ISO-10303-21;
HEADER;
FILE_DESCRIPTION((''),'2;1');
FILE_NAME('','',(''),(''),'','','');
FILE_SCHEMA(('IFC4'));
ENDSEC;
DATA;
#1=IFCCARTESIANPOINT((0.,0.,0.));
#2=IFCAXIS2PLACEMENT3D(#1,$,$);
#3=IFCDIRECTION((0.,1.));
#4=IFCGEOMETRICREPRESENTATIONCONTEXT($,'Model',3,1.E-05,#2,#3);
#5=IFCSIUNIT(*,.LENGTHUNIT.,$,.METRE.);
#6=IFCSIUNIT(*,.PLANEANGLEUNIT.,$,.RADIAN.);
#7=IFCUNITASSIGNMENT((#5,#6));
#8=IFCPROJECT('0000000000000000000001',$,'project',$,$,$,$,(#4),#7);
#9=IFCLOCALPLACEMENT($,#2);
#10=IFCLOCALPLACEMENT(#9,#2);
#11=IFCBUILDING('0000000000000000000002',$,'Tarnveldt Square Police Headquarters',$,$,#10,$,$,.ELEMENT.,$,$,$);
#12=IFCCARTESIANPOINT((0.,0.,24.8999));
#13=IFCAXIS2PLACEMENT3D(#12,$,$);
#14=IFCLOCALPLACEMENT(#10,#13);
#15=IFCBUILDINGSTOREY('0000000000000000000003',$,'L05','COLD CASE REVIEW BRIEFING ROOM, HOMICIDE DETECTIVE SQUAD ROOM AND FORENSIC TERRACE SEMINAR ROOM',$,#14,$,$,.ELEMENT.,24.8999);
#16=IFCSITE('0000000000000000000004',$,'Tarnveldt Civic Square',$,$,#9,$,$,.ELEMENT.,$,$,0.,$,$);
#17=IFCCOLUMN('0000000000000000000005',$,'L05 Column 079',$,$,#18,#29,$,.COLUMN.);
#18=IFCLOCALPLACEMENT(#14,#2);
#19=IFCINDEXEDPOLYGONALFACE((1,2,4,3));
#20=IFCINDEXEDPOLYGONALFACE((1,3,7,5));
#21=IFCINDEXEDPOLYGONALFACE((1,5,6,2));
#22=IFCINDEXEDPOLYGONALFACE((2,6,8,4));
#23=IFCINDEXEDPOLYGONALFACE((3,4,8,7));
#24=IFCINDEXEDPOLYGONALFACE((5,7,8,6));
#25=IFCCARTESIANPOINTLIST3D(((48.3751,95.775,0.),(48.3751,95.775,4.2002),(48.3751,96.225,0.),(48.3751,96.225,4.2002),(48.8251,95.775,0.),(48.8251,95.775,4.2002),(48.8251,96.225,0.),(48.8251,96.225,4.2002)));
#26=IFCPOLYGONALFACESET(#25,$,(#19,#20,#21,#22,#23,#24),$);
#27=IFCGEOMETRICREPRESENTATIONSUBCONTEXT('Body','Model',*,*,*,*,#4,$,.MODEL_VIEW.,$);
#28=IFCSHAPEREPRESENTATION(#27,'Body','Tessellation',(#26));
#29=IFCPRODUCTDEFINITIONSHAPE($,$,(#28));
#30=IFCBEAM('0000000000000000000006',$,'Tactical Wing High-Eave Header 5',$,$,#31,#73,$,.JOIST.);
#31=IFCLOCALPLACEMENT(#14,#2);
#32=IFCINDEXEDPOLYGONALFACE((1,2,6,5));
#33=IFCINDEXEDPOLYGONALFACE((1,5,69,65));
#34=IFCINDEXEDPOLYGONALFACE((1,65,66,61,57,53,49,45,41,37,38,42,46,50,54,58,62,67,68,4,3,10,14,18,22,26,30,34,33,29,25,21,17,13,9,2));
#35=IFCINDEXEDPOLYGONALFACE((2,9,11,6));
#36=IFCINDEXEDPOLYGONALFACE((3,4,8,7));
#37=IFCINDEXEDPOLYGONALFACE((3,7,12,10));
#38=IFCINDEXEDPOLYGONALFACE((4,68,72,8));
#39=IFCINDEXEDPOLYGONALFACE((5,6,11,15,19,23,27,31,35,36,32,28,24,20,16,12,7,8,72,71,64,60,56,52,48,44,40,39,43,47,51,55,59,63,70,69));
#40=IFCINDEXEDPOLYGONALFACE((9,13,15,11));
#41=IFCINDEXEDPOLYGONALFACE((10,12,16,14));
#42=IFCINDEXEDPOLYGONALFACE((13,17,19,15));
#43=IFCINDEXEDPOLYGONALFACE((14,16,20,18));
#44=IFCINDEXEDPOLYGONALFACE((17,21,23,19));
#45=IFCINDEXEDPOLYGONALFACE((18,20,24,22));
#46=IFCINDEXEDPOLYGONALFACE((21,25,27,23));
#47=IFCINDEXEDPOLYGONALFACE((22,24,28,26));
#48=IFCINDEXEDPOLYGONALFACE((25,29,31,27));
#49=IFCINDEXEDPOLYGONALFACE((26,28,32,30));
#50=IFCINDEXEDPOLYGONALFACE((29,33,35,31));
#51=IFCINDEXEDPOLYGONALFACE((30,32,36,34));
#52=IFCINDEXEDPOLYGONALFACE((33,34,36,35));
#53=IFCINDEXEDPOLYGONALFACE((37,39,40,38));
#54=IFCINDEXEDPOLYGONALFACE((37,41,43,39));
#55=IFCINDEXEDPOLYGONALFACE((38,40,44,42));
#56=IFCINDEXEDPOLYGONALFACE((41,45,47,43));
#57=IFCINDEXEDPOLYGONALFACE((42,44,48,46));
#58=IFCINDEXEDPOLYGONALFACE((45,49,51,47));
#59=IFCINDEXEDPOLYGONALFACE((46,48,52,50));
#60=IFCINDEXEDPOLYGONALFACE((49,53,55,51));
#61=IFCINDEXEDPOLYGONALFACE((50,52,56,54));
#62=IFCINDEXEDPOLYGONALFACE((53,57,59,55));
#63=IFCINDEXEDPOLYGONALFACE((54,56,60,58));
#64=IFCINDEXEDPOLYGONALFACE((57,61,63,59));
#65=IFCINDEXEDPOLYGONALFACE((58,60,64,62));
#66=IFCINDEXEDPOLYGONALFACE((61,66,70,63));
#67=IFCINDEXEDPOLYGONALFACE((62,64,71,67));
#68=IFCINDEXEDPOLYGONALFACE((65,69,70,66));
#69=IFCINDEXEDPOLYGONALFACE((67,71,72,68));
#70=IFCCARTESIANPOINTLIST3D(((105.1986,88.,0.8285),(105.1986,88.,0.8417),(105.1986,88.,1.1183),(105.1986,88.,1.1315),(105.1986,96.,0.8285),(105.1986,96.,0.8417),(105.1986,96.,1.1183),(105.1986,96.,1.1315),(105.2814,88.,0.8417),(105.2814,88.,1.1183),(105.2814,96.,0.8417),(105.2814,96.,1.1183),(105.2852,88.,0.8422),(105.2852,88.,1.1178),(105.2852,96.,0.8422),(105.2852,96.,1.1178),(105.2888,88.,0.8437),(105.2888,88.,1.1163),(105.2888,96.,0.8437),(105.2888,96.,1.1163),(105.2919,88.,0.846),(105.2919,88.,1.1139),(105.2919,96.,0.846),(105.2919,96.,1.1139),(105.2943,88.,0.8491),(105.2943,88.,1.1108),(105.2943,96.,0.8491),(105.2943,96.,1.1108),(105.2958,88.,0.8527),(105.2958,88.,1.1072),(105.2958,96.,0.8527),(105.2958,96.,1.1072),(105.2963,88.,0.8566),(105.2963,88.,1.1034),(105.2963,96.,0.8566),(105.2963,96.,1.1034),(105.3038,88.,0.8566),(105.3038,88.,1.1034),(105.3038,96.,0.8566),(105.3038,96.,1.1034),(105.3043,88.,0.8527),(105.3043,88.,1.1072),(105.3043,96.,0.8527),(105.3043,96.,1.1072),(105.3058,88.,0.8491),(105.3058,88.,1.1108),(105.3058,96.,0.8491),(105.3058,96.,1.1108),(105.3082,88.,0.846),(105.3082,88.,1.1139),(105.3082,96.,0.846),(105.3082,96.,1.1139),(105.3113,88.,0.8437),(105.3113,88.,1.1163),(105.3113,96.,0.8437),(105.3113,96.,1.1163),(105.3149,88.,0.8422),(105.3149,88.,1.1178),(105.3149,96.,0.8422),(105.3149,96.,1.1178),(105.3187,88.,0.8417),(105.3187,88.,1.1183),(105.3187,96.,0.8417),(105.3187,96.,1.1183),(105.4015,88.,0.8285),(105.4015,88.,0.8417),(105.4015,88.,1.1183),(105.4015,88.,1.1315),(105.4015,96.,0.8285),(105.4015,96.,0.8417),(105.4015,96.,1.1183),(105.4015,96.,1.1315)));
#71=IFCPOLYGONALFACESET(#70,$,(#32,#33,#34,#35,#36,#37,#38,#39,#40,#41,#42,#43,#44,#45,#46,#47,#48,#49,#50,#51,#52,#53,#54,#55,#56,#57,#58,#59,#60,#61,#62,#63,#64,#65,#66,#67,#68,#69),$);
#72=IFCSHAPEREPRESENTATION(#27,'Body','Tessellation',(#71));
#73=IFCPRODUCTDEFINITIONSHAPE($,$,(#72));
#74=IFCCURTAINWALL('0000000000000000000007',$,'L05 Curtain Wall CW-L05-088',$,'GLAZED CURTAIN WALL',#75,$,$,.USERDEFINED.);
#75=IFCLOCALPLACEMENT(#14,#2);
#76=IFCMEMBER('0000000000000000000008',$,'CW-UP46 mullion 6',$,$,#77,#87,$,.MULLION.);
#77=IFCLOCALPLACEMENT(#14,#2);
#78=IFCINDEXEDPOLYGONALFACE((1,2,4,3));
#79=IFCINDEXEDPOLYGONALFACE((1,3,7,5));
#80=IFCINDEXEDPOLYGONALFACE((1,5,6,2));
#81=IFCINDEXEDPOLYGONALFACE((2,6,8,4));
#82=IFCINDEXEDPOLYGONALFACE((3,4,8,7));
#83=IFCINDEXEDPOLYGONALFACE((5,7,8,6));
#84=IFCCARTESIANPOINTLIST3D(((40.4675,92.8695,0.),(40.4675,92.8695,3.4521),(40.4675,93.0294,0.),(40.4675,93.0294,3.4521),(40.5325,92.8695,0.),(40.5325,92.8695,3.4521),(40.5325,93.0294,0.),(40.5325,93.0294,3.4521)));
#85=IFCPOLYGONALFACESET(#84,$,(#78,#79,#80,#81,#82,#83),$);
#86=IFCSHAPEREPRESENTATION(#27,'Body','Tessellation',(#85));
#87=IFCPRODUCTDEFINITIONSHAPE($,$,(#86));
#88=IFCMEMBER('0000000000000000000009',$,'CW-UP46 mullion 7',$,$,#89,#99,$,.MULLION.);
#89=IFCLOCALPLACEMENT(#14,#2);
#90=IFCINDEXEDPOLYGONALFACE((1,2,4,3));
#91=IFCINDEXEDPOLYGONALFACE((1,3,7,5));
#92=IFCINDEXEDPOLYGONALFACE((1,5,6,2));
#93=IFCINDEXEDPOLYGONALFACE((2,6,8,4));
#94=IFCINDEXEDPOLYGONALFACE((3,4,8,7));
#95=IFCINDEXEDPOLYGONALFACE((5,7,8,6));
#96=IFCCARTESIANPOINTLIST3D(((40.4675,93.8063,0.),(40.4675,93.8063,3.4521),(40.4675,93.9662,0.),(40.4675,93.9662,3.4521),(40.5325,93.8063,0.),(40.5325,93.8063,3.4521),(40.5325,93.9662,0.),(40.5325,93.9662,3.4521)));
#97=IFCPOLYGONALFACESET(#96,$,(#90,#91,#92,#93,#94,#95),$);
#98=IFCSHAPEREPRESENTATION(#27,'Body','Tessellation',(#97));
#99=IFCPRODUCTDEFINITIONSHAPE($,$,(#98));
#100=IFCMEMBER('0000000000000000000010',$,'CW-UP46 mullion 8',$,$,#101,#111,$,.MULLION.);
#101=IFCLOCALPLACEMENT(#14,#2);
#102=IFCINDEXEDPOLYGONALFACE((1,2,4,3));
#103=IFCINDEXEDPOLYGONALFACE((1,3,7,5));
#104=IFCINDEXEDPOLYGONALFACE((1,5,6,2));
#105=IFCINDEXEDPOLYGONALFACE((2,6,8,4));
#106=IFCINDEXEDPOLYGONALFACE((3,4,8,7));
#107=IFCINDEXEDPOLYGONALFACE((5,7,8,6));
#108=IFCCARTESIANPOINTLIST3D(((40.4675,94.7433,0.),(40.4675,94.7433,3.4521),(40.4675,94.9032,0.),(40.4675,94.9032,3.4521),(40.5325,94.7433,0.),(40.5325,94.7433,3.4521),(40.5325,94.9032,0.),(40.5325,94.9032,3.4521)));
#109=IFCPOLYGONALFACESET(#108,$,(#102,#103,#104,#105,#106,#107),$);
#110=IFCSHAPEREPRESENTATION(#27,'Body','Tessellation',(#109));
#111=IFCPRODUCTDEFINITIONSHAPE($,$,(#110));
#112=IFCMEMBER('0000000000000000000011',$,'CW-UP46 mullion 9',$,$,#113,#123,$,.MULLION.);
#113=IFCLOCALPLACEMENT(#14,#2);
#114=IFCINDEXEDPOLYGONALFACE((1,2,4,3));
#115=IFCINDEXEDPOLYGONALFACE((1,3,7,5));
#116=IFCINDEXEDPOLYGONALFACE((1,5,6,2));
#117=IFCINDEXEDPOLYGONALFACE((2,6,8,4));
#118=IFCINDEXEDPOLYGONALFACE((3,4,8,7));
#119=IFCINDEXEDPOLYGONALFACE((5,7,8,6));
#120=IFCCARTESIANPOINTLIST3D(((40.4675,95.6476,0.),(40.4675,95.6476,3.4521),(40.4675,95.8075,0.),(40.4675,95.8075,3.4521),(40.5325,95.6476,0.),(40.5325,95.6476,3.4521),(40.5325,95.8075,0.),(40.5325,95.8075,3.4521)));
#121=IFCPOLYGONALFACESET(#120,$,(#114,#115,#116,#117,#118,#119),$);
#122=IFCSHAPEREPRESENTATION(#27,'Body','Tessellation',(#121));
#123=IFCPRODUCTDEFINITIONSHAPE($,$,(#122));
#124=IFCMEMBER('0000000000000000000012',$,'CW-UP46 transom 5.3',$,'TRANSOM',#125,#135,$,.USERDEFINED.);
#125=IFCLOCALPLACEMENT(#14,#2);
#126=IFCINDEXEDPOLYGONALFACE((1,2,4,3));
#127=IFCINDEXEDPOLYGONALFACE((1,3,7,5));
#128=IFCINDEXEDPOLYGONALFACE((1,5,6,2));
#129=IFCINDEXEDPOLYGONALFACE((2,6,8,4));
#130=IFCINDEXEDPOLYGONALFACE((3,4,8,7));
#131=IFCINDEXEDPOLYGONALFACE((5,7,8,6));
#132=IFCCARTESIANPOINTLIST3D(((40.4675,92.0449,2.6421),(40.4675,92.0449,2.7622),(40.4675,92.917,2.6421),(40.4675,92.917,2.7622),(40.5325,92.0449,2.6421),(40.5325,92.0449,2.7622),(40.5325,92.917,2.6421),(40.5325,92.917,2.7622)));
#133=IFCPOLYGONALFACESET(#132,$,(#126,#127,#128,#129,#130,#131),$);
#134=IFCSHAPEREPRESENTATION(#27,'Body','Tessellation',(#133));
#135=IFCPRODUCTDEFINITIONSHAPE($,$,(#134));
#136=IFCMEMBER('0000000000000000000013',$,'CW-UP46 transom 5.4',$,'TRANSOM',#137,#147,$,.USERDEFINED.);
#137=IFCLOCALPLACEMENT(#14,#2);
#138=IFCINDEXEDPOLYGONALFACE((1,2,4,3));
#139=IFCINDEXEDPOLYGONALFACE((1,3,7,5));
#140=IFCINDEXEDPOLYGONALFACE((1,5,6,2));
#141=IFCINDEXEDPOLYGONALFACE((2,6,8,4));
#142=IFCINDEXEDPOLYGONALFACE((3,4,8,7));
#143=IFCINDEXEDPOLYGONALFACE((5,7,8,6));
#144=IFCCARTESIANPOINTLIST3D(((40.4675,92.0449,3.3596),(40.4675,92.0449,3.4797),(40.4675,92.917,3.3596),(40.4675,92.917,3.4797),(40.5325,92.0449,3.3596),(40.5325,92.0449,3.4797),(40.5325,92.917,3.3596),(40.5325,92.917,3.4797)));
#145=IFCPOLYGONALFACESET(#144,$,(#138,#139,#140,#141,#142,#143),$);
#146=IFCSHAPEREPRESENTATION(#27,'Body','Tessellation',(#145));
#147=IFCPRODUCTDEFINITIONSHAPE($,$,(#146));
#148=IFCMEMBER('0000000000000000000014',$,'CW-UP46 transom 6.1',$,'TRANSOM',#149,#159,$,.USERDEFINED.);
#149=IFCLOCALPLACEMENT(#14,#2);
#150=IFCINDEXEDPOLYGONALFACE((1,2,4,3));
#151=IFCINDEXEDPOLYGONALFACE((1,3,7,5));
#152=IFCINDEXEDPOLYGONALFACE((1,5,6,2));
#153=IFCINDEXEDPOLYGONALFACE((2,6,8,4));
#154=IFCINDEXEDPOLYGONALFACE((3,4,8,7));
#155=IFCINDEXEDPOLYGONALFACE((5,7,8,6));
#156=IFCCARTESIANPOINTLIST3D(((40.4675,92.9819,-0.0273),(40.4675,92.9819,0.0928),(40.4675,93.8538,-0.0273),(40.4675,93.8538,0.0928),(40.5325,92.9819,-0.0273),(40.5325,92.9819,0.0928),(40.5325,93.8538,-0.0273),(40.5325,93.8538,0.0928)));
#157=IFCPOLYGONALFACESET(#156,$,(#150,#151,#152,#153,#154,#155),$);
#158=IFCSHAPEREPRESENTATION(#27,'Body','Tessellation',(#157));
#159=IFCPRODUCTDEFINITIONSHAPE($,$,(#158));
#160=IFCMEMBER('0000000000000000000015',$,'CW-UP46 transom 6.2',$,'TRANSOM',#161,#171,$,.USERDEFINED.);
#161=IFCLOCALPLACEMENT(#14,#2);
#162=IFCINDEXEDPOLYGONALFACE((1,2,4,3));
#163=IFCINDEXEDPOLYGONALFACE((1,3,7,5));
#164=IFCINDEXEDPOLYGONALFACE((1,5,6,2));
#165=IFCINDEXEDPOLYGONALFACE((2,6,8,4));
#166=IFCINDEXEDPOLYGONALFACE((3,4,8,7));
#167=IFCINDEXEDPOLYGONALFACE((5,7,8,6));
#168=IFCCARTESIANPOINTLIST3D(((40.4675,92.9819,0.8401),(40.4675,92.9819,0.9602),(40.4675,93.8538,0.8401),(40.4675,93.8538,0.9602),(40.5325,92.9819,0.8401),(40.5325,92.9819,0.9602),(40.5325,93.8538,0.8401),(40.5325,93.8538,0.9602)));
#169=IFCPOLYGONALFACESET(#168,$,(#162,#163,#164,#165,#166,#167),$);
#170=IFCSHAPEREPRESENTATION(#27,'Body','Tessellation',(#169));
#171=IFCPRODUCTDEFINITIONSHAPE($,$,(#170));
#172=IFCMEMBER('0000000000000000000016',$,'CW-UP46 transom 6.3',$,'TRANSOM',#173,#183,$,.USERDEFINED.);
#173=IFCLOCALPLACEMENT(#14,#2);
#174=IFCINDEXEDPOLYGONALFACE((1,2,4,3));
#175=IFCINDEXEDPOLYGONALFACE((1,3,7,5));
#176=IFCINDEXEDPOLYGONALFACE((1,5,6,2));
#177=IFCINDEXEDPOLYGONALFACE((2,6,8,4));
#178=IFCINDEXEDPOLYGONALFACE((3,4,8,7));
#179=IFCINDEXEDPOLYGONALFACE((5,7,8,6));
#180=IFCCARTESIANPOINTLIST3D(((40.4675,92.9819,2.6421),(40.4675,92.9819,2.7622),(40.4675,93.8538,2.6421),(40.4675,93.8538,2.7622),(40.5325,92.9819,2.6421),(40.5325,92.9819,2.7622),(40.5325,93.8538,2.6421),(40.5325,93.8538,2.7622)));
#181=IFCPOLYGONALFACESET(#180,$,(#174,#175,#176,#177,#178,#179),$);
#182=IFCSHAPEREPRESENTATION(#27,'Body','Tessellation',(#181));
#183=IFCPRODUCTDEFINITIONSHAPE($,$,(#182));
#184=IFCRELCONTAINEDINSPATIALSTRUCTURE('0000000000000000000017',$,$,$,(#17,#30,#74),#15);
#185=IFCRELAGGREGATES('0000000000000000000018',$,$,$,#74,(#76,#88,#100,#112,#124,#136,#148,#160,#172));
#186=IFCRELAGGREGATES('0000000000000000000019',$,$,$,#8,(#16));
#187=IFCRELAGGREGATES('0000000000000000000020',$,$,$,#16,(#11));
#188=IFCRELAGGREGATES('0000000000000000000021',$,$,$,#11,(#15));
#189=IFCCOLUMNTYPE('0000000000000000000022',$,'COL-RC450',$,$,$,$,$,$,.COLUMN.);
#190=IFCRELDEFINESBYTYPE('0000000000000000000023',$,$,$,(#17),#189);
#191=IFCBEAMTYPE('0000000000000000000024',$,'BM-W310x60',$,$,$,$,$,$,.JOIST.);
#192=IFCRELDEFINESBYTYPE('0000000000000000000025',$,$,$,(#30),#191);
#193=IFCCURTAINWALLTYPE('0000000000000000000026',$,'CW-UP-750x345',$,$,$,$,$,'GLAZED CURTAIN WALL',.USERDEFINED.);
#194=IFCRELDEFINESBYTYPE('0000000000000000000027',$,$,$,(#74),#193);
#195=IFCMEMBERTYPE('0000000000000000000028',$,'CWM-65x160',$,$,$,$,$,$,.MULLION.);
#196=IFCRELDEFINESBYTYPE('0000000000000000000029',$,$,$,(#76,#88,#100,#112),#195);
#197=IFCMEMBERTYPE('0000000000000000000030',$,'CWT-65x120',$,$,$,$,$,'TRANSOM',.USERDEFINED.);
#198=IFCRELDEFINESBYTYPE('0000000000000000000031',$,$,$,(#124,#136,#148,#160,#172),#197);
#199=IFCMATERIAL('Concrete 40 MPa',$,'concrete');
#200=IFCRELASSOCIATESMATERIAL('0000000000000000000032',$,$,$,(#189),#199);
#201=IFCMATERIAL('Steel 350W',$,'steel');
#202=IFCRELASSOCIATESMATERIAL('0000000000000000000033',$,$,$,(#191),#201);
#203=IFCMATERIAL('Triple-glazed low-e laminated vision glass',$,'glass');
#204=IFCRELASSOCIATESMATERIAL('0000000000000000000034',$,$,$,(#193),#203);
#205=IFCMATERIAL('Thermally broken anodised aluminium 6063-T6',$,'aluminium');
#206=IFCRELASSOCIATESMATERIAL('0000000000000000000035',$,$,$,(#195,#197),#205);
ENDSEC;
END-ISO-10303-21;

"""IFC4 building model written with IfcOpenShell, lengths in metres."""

from ifc_helpers import new_model, si_unit, direction, frame, origin, origin_2d, place, context, subcontext, project, spatial, rectangle, i_section, extrude, material, material_profile, profile_set, type_object, element, aggregate, save


model = new_model("IFC4")

# Units and contexts
model_context = context("Model", 3, precision=1e-05, world=origin(), true_north=direction((0.0, 1.0)))
body_context = subcontext(model_context, "Body", "Model", "MODEL_VIEW")
ifc_project = project(units=[si_unit("LENGTHUNIT", "METRE"), si_unit("PLANEANGLEUNIT", "RADIAN")], contexts=[model_context])

# Site, building, storey
site_placement = place(None, origin())
site = spatial("IfcSite", under=ifc_project, at=site_placement, Name="Tarnveldt Civic Square", CompositionType="ELEMENT", RefElevation=0.0)
building_placement = place(site_placement, origin())
building = spatial("IfcBuilding", under=site, at=building_placement, Name="Tarnveldt Square Police Headquarters", CompositionType="ELEMENT")
storey_placement = place(building_placement, frame((0.0, 0.0, 24.8999)))
storey = spatial("IfcBuildingStorey", under=building, at=storey_placement, Name="L05", Description="COLD CASE REVIEW BRIEFING ROOM, HOMICIDE DETECTIVE SQUAD ROOM AND FORENSIC TERRACE SEMINAR ROOM", CompositionType="ELEMENT", Elevation=24.8999)

# Column
ifc_material_1 = material(Name="Concrete 40 MPa", Category="concrete")
ifc_material_profile_1 = material_profile(ifc_material_1, rectangle(XDim=0.45, YDim=0.45, at=origin_2d()), Name="RC-C450x450")
ifc_profile_set_1 = profile_set([ifc_material_profile_1], Name="Concrete 40 MPa")
column_type = type_object("IfcColumnType", Name="COL-RC450", PredefinedType="COLUMN", material=ifc_profile_set_1)
column_placement = place(storey_placement, frame((48.6001, 96.0, 0.0), z_axis=(0.0, 0.0, 1.0), x_axis=(1.0, 0.0, 0.0)))
element("IfcColumn", 1, at=column_placement, inside=storey, type_object=column_type, Name="L05 Column 079", PredefinedType="COLUMN", context=body_context, shape_type="SweptSolid", body=[
    extrude(rectangle(XDim=0.45, YDim=0.45, at=origin_2d()), origin(), (0.0, 0.0, 1.0), 4.2002),
])

# Beam
ifc_material_2 = material(Name="Steel 350W", Category="steel")
ifc_material_profile_2 = material_profile(ifc_material_2, i_section(OverallWidth=0.2029, OverallDepth=0.303, WebThickness=0.0076, FlangeThickness=0.0132, FilletRadius=0.0149, at=origin_2d()), Name="W310x60")
ifc_profile_set_2 = profile_set([ifc_material_profile_2], Name="Steel 350W")
beam_type = type_object("IfcBeamType", Name="BM-W310x60", PredefinedType="JOIST", material=ifc_profile_set_2)
beam_placement = place(storey_placement, frame((105.3, 88.0, 0.98), z_axis=(0.0, 1.0, 0.0), x_axis=(-1.0, 0.0, 0.0)))
element("IfcBeam", 2, at=beam_placement, inside=storey, type_object=beam_type, Name="Tactical Wing High-Eave Header 5", PredefinedType="JOIST", context=body_context, shape_type="SweptSolid", body=[
    extrude(i_section(OverallWidth=0.2029, OverallDepth=0.303, WebThickness=0.0076, FlangeThickness=0.0132, FilletRadius=0.0149, at=origin_2d()), origin(), (0.0, 0.0, 1.0), 8.0),
])

# Curtain wall, members
ifc_material_3 = material(Name="Triple-glazed low-e laminated vision glass", Category="glass")
curtain_wall_type = type_object("IfcCurtainWallType", Name="CW-UP-750x345", ElementType="GLAZED CURTAIN WALL", PredefinedType="USERDEFINED", material=ifc_material_3)
curtain_wall_placement = place(storey_placement, origin())
curtain_wall = element("IfcCurtainWall", 3, at=curtain_wall_placement, inside=storey, type_object=curtain_wall_type, Name="L05 Curtain Wall CW-L05-088", ObjectType="GLAZED CURTAIN WALL", PredefinedType="USERDEFINED")
ifc_material_4 = material(Name="Thermally broken anodised aluminium 6063-T6", Category="aluminium")
ifc_material_profile_3 = material_profile(ifc_material_4, rectangle(XDim=0.0649, YDim=0.1599, at=origin_2d()), Name="CW-M65x160")
ifc_profile_set_3 = profile_set([ifc_material_profile_3], Name="Thermally broken anodised aluminium 6063-T6")
member_type_1 = type_object("IfcMemberType", Name="CWM-65x160", PredefinedType="MULLION", material=ifc_profile_set_3)
member_1_placement = place(storey_placement, frame((40.5, 92.9495, 0.0), z_axis=(0.0, 0.0, 1.0), x_axis=(-1.0, 0.0, 0.0)))
member_1 = element("IfcMember", 4, at=member_1_placement, type_object=member_type_1, Name="CW-UP46 mullion 6", PredefinedType="MULLION", context=body_context, shape_type="SweptSolid", body=[
    extrude(rectangle(XDim=0.0649, YDim=0.1599, at=origin_2d()), origin(), (0.0, 0.0, 1.0), 3.4521),
])
member_2_placement = place(storey_placement, frame((40.5, 93.8862, 0.0), z_axis=(0.0, 0.0, 1.0), x_axis=(-1.0, 0.0, 0.0)))
member_2 = element("IfcMember", 5, at=member_2_placement, type_object=member_type_1, Name="CW-UP46 mullion 7", PredefinedType="MULLION", context=body_context, shape_type="SweptSolid", body=[
    extrude(rectangle(XDim=0.0649, YDim=0.1599, at=origin_2d()), origin(), (0.0, 0.0, 1.0), 3.4521),
])
member_3_placement = place(storey_placement, frame((40.5, 94.8232, 0.0), z_axis=(0.0, 0.0, 1.0), x_axis=(-1.0, 0.0, 0.0)))
member_3 = element("IfcMember", 6, at=member_3_placement, type_object=member_type_1, Name="CW-UP46 mullion 8", PredefinedType="MULLION", context=body_context, shape_type="SweptSolid", body=[
    extrude(rectangle(XDim=0.0649, YDim=0.1599, at=origin_2d()), origin(), (0.0, 0.0, 1.0), 3.4521),
])
member_4_placement = place(storey_placement, frame((40.5, 95.7275, 0.0), z_axis=(0.0, 0.0, 1.0), x_axis=(-1.0, 0.0, 0.0)))
member_4 = element("IfcMember", 7, at=member_4_placement, type_object=member_type_1, Name="CW-UP46 mullion 9", PredefinedType="MULLION", context=body_context, shape_type="SweptSolid", body=[
    extrude(rectangle(XDim=0.0649, YDim=0.1599, at=origin_2d()), origin(), (0.0, 0.0, 1.0), 3.4521),
])
ifc_material_profile_4 = material_profile(ifc_material_4, rectangle(XDim=0.0649, YDim=0.1201, at=origin_2d()), Name="CW-T65x120")
ifc_profile_set_4 = profile_set([ifc_material_profile_4], Name="Thermally broken anodised aluminium 6063-T6")
member_type_2 = type_object("IfcMemberType", Name="CWT-65x120", ElementType="TRANSOM", PredefinedType="USERDEFINED", material=ifc_profile_set_4)
member_5_placement = place(storey_placement, frame((40.5, 92.0449, 2.7021), z_axis=(0.0, 1.0, 0.0), x_axis=(-1.0, 0.0, 0.0)))
member_5 = element("IfcMember", 8, at=member_5_placement, type_object=member_type_2, Name="CW-UP46 transom 5.3", ObjectType="TRANSOM", PredefinedType="USERDEFINED", context=body_context, shape_type="SweptSolid", body=[
    extrude(rectangle(XDim=0.0649, YDim=0.1201, at=origin_2d()), origin(), (0.0, 0.0, 1.0), 0.8721),
])
member_6_placement = place(storey_placement, frame((40.5, 92.0449, 3.4197), z_axis=(0.0, 1.0, 0.0), x_axis=(-1.0, 0.0, 0.0)))
member_6 = element("IfcMember", 9, at=member_6_placement, type_object=member_type_2, Name="CW-UP46 transom 5.4", ObjectType="TRANSOM", PredefinedType="USERDEFINED", context=body_context, shape_type="SweptSolid", body=[
    extrude(rectangle(XDim=0.0649, YDim=0.1201, at=origin_2d()), origin(), (0.0, 0.0, 1.0), 0.8721),
])
member_7_placement = place(storey_placement, frame((40.5, 92.9819, 0.0327), z_axis=(0.0, 1.0, 0.0), x_axis=(-1.0, 0.0, 0.0)))
member_7 = element("IfcMember", 10, at=member_7_placement, type_object=member_type_2, Name="CW-UP46 transom 6.1", ObjectType="TRANSOM", PredefinedType="USERDEFINED", context=body_context, shape_type="SweptSolid", body=[
    extrude(rectangle(XDim=0.0649, YDim=0.1201, at=origin_2d()), origin(), (0.0, 0.0, 1.0), 0.8718),
])
member_8_placement = place(storey_placement, frame((40.5, 92.9819, 0.9001), z_axis=(0.0, 1.0, 0.0), x_axis=(-1.0, 0.0, 0.0)))
member_8 = element("IfcMember", 11, at=member_8_placement, type_object=member_type_2, Name="CW-UP46 transom 6.2", ObjectType="TRANSOM", PredefinedType="USERDEFINED", context=body_context, shape_type="SweptSolid", body=[
    extrude(rectangle(XDim=0.0649, YDim=0.1201, at=origin_2d()), origin(), (0.0, 0.0, 1.0), 0.8718),
])
member_9_placement = place(storey_placement, frame((40.5, 92.9819, 2.7021), z_axis=(0.0, 1.0, 0.0), x_axis=(-1.0, 0.0, 0.0)))
member_9 = element("IfcMember", 12, at=member_9_placement, type_object=member_type_2, Name="CW-UP46 transom 6.3", ObjectType="TRANSOM", PredefinedType="USERDEFINED", context=body_context, shape_type="SweptSolid", body=[
    extrude(rectangle(XDim=0.0649, YDim=0.1201, at=origin_2d()), origin(), (0.0, 0.0, 1.0), 0.8718),
])

aggregate(curtain_wall, [member_1, member_2, member_3, member_4, member_5, member_6, member_7, member_8, member_9])

save(model, "model.ifc")
